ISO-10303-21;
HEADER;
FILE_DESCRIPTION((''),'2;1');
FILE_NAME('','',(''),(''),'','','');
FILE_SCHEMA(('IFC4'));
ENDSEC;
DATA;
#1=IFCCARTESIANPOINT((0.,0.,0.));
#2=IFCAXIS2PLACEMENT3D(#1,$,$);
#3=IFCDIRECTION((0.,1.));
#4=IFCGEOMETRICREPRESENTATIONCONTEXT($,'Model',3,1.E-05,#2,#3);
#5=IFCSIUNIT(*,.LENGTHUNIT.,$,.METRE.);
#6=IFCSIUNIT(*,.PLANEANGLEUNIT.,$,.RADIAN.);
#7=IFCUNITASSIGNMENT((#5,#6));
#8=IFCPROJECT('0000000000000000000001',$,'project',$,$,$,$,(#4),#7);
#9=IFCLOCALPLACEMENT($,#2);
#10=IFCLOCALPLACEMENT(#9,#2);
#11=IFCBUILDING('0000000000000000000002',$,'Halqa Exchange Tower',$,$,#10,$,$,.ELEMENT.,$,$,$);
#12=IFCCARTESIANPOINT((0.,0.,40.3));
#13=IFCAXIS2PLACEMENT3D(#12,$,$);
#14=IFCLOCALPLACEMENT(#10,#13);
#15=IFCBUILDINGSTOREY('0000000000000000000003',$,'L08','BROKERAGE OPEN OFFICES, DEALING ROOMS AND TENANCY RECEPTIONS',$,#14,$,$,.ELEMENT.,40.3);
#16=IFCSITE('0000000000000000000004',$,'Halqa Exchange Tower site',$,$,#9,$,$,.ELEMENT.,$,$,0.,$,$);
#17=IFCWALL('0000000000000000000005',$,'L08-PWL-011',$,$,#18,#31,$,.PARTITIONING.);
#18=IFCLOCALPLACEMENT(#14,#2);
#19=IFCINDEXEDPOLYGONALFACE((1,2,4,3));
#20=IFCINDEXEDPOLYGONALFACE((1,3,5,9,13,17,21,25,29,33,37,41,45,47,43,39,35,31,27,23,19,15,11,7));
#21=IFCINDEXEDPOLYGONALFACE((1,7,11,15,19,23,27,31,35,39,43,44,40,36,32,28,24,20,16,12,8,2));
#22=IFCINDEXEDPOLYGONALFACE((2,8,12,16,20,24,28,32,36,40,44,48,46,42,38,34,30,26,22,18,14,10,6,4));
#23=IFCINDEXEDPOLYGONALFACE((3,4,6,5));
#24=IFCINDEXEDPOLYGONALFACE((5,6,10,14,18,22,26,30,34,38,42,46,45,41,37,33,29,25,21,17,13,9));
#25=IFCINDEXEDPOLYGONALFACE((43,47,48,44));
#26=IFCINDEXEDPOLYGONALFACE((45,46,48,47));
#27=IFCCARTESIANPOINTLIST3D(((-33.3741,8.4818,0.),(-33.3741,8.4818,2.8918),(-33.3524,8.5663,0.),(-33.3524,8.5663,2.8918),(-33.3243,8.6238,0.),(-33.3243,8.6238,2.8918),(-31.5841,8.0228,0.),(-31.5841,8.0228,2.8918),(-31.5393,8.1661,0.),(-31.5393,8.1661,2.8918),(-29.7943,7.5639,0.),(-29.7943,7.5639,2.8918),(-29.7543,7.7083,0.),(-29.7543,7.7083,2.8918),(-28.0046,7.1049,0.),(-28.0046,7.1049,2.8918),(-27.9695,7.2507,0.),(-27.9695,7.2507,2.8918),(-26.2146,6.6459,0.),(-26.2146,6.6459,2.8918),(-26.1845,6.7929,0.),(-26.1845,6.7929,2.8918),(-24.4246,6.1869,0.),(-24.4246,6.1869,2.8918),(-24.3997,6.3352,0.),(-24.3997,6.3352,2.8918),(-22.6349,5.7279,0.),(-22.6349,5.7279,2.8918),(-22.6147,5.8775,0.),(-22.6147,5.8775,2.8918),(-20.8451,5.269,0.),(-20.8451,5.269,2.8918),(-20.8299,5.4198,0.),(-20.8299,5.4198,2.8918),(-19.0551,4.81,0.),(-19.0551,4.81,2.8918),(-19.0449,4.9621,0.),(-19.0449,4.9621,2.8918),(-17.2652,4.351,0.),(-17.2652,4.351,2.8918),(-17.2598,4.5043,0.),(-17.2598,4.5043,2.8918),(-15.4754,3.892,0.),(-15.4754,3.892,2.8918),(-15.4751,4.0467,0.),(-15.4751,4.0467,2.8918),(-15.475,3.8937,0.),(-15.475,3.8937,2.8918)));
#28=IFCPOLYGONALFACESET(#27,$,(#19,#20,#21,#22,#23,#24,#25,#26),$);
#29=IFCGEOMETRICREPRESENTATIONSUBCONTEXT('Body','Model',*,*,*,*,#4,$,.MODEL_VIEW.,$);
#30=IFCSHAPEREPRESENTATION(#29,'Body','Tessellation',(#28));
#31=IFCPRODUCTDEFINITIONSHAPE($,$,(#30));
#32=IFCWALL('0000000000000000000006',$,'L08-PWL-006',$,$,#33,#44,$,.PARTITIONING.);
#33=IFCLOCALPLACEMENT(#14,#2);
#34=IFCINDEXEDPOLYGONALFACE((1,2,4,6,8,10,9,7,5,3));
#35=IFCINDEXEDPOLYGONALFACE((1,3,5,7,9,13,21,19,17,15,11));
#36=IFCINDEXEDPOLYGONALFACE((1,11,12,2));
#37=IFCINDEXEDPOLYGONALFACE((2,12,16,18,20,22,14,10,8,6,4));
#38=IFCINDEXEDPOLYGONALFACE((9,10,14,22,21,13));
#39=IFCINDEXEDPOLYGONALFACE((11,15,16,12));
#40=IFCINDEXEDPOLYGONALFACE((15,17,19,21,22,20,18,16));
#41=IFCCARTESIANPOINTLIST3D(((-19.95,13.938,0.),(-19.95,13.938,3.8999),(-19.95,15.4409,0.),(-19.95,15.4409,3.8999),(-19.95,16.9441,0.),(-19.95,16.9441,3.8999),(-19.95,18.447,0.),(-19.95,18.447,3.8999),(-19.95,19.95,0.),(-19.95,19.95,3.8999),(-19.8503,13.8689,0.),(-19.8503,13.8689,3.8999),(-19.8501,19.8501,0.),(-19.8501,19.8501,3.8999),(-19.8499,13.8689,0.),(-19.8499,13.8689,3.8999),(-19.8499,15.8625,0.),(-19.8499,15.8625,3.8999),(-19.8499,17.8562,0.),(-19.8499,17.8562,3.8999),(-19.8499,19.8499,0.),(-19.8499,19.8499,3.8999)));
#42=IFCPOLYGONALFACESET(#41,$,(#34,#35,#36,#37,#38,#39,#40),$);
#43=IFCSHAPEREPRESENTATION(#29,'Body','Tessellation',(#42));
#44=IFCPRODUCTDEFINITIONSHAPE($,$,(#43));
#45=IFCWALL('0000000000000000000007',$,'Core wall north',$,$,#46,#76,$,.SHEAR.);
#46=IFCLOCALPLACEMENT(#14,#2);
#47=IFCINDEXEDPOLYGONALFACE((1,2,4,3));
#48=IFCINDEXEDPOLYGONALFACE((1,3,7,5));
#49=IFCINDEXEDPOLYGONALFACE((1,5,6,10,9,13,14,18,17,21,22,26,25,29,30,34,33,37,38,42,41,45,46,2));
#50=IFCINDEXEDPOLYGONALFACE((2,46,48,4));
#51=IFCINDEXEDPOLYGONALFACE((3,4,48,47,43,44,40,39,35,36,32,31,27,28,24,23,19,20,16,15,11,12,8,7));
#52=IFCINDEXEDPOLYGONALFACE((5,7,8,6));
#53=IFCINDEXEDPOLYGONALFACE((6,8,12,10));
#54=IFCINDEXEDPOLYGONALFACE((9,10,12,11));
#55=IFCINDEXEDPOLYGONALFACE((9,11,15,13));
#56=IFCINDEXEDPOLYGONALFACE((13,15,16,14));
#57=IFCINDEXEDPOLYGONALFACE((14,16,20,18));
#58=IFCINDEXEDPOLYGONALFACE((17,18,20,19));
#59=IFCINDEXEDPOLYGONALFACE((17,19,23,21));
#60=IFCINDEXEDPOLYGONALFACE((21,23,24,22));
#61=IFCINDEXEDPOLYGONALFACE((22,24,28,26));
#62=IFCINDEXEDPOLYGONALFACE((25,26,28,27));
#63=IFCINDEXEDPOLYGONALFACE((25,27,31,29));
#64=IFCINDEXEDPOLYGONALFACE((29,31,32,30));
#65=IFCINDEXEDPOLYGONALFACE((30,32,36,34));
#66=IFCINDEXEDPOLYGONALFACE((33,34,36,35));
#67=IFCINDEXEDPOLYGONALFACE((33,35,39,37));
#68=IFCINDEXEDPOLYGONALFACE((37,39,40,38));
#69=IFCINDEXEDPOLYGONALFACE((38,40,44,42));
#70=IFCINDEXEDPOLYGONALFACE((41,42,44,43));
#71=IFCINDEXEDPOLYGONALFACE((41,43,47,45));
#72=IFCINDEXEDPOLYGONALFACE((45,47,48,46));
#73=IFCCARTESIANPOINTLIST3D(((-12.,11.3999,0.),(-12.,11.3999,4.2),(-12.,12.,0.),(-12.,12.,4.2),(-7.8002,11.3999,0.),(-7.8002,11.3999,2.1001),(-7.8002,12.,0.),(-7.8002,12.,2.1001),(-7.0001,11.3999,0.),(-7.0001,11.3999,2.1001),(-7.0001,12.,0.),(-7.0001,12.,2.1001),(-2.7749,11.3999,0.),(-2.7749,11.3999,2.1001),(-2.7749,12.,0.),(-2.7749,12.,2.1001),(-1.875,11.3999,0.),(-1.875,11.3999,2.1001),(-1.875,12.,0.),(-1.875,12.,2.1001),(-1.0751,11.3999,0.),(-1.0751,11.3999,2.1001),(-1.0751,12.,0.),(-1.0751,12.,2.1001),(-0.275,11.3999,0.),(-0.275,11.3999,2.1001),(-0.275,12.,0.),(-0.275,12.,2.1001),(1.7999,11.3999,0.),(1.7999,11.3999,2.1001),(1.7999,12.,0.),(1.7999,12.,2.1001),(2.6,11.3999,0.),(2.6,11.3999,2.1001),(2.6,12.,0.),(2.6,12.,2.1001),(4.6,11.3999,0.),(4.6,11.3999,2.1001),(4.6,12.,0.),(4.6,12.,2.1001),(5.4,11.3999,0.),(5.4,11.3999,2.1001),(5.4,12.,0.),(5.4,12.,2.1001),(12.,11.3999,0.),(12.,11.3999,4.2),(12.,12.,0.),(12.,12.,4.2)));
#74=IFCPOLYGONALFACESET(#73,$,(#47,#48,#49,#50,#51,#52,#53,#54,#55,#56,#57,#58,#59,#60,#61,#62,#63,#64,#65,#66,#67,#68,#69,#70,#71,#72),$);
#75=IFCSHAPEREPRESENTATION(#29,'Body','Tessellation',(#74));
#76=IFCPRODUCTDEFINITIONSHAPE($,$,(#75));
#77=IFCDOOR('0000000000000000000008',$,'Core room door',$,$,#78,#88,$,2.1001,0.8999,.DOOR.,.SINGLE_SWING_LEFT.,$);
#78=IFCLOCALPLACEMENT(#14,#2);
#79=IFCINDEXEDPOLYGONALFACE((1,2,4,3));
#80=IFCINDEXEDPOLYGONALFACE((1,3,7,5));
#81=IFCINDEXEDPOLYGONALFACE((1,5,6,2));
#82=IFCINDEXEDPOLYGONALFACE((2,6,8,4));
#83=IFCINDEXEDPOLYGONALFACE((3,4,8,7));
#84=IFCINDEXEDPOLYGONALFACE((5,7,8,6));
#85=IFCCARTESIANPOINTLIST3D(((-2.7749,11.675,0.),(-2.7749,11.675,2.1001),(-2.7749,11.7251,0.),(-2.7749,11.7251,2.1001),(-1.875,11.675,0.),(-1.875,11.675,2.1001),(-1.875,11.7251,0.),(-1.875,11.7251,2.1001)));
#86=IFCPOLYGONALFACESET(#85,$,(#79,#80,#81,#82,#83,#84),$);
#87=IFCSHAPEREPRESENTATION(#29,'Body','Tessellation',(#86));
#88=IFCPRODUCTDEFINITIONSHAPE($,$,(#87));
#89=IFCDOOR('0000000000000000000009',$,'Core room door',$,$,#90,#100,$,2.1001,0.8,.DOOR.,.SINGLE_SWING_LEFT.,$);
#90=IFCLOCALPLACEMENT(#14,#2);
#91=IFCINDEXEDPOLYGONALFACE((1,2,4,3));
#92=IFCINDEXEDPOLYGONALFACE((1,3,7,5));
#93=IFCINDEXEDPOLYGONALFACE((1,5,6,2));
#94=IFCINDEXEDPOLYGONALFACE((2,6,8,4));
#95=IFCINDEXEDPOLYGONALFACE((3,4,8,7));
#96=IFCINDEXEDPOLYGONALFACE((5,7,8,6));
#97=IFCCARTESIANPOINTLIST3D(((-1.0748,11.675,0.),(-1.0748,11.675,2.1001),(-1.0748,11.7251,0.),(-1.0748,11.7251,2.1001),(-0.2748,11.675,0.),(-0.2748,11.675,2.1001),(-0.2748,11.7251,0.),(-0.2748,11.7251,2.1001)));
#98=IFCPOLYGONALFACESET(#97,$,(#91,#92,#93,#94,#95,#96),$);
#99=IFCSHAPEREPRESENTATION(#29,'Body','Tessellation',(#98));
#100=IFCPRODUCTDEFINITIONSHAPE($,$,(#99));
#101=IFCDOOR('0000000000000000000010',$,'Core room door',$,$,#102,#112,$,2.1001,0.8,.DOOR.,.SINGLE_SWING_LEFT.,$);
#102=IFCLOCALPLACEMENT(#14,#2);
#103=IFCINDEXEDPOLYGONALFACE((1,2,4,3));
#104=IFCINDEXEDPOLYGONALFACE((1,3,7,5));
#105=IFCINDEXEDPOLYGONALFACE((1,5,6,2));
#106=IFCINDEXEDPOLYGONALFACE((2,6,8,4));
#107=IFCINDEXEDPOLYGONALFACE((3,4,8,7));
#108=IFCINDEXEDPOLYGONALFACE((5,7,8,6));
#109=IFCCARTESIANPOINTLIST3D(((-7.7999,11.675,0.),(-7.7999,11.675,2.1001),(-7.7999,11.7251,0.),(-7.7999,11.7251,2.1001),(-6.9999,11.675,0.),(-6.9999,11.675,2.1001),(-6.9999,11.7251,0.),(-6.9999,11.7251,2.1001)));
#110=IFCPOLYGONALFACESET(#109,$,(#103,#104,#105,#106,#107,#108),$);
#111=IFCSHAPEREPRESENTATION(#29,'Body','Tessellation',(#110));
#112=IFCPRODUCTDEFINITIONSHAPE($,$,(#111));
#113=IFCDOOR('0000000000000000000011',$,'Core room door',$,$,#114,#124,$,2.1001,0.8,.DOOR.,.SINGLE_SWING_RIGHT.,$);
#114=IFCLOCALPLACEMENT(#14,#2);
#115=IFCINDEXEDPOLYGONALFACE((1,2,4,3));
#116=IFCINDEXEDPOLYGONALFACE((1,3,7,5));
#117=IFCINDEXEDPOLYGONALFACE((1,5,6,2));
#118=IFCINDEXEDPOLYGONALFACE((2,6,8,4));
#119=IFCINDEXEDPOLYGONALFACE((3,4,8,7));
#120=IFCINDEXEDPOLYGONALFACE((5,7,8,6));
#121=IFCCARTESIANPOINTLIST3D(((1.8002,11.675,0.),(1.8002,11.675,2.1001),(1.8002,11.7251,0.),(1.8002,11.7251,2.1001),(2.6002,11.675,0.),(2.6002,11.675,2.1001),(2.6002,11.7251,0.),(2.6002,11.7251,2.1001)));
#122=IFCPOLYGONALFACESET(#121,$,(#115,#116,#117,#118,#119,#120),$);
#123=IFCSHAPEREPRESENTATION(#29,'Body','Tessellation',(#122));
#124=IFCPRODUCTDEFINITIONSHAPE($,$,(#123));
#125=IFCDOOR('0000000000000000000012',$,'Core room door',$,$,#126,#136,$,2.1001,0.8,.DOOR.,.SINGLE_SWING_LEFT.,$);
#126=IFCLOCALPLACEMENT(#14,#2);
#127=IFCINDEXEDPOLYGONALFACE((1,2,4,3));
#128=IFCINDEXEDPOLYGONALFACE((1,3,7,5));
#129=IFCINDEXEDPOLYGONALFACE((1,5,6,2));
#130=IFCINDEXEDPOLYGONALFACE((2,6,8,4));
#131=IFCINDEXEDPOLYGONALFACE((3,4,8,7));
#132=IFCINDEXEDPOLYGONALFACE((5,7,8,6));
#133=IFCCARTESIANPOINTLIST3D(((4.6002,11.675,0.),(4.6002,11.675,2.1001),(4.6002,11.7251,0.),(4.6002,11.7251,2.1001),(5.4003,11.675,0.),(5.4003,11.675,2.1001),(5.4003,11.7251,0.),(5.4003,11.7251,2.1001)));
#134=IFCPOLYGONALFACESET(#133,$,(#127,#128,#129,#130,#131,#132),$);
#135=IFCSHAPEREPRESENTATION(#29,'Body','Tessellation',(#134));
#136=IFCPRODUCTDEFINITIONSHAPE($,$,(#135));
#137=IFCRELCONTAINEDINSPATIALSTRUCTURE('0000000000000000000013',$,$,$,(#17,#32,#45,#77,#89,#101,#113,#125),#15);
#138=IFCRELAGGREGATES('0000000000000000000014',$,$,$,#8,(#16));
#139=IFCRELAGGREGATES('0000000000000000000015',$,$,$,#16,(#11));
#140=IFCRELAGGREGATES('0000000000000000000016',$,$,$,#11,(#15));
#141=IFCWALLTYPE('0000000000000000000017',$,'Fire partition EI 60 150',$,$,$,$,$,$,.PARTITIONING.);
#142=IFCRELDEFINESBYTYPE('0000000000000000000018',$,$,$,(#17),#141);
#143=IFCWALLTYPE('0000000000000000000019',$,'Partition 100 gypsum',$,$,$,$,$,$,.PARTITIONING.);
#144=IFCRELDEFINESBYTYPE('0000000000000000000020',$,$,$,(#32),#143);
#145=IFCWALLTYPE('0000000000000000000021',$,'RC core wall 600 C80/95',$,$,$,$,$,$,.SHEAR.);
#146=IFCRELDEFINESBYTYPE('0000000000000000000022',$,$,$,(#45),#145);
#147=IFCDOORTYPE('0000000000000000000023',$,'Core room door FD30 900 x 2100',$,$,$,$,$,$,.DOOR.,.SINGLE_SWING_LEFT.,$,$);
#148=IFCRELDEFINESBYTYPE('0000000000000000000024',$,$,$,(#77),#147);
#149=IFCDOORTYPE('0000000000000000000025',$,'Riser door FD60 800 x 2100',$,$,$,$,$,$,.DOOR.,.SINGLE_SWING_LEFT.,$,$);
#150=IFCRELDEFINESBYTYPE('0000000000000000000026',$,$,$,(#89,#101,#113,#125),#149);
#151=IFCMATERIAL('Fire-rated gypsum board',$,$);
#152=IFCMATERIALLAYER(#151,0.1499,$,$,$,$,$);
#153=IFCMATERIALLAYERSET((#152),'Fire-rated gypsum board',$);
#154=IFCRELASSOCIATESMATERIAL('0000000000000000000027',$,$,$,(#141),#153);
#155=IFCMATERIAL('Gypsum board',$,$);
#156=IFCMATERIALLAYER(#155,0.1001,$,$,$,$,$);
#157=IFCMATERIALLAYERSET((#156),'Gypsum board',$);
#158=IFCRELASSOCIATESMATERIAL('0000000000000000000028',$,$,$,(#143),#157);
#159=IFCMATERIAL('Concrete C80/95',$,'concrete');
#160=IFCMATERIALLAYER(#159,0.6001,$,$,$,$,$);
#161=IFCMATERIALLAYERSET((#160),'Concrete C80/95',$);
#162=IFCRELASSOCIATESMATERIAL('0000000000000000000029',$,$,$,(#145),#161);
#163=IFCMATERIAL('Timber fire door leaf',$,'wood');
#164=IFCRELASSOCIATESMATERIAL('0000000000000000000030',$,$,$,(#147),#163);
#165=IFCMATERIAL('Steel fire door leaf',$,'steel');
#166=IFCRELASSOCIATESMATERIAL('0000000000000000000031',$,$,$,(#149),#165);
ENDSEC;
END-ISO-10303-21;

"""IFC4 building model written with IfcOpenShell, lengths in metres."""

from ifc_helpers import new_model, si_unit, direction, frame, frame_2d, origin, place, context, subcontext, project, spatial, polyline, rectangle, outline, extrude, material, layer, layer_set, type_object, element, fill, save


model = new_model("IFC4")

# Units and contexts
model_context = context("Model", 3, precision=1e-05, world=origin(), true_north=direction((0.0, 1.0)))
body_context = subcontext(model_context, "Body", "Model", "MODEL_VIEW")
ifc_project = project(units=[si_unit("LENGTHUNIT", "METRE"), si_unit("PLANEANGLEUNIT", "RADIAN")], contexts=[model_context])

# Site, building, storey
site_placement = place(None, origin())
site = spatial("IfcSite", under=ifc_project, at=site_placement, Name="Halqa Exchange Tower site", CompositionType="ELEMENT", RefElevation=0.0)
building_placement = place(site_placement, origin())
building = spatial("IfcBuilding", under=site, at=building_placement, Name="Halqa Exchange Tower", CompositionType="ELEMENT")
storey_placement = place(building_placement, frame((0.0, 0.0, 40.3)))
storey = spatial("IfcBuildingStorey", under=building, at=storey_placement, Name="L08", Description="BROKERAGE OPEN OFFICES, DEALING ROOMS AND TENANCY RECEPTIONS", CompositionType="ELEMENT", Elevation=40.3)

# Shared definitions
ifc_material_1 = material(Name="Concrete C80/95", Category="concrete")

# Walls
ifc_material_2 = material(Name="Fire-rated gypsum board")
ifc_layer_1 = layer(ifc_material_2, 0.1499)
ifc_layer_set_1 = layer_set([ifc_layer_1], Name="Fire-rated gypsum board")
wall_type_1 = type_object("IfcWallType", Name="Fire partition EI 60 150", PredefinedType="PARTITIONING", material=ifc_layer_set_1)
wall_1_placement = place(storey_placement, frame((-15.4568, 3.9646, 0.0), z_axis=(0.0, 0.0, 1.0), x_axis=(-0.968658, 0.248398, 0.0)))
element("IfcWall", 1, at=wall_1_placement, inside=storey, type_object=wall_type_1, Name="L08-PWL-011", PredefinedType="PARTITIONING", context=body_context, shape_type="SweptSolid", body=[
    extrude(outline(polyline([(0.0381, -0.075), (1.8806, -0.075), (3.7234, -0.075), (5.5662, -0.075), (7.4087, -0.075), (9.2515, -0.075), (11.094, -0.075), (12.9368, -0.075), (14.7793, -0.075), (16.6221, -0.075), (18.4648, -0.075), (18.4778, -0.0122), (18.4778, 0.075), (16.6299, 0.075), (14.7822, 0.075), (12.9346, 0.075), (11.0867, 0.075), (9.2388, 0.075), (7.3911, 0.075), (5.5435, 0.075), (3.6956, 0.075), (1.8477, 0.075), (0.0, 0.075), (0.0, 0.0732), (0.0381, -0.075)])), origin(), (0.0, 0.0, 1.0), 2.8918),
])
ifc_material_3 = material(Name="Gypsum board")
ifc_layer_2 = layer(ifc_material_3, 0.1001)
ifc_layer_set_2 = layer_set([ifc_layer_2], Name="Gypsum board")
wall_type_2 = type_object("IfcWallType", Name="Partition 100 gypsum", PredefinedType="PARTITIONING", material=ifc_layer_set_2)
wall_2_placement = place(storey_placement, frame((-19.8999, 13.8689, 0.0), z_axis=(0.0, 0.0, 1.0), x_axis=(0.0, 1.0, 0.0)))
element("IfcWall", 2, at=wall_2_placement, inside=storey, type_object=wall_type_2, Name="L08-PWL-006", PredefinedType="PARTITIONING", context=body_context, shape_type="SweptSolid", body=[
    extrude(outline(polyline([(0.0, -0.05), (1.9937, -0.05), (3.9873, -0.05), (5.981, -0.05), (5.9812, -0.0498), (6.0811, 0.05), (4.5781, 0.05), (3.0752, 0.05), (1.572, 0.05), (0.0691, 0.05), (0.0, -0.0496), (0.0, -0.05)])), origin(), (0.0, 0.0, 1.0), 3.8999),
])

# Wall, openings, doors
ifc_layer_3 = layer(ifc_material_1, 0.6001)
ifc_layer_set_3 = layer_set([ifc_layer_3], Name="Concrete C80/95")
wall_type_3 = type_object("IfcWallType", Name="RC core wall 600 C80/95", PredefinedType="SHEAR", material=ifc_layer_set_3)
wall_3_placement = place(storey_placement, frame((-12.0, 11.7, 0.0), z_axis=(0.0, 0.0, 1.0), x_axis=(1.0, 0.0, 0.0)))
wall_3 = element("IfcWall", 3, at=wall_3_placement, inside=storey, type_object=wall_type_3, Name="Core wall north", PredefinedType="SHEAR", context=body_context, shape_type="SweptSolid", body=[
    extrude(rectangle(XDim=24.0, YDim=0.6001, at=frame_2d((12.0, 0.0))), origin(), (0.0, 0.0, 1.0), 4.2),
])
opening_1_placement = place(wall_3_placement, frame((9.2251, 0.0, 0.0)))
opening_1 = element("IfcOpeningElement", 4, at=opening_1_placement, cuts=wall_3, PredefinedType="OPENING", context=body_context, shape_type="SweptSolid", body=[
    extrude(rectangle(XDim=0.8999, YDim=2.1001, at=frame_2d((0.45, 1.05))), frame((0.0, 0.312, 0.0), z_axis=(0.0, -1.0, 0.0), x_axis=(1.0, 0.0, 0.0)), (0.0, 0.0, 1.0), 0.624),
])
opening_2_placement = place(wall_3_placement, frame((10.925, 0.0, 0.0)))
opening_2 = element("IfcOpeningElement", 5, at=opening_2_placement, cuts=wall_3, PredefinedType="OPENING", context=body_context, shape_type="SweptSolid", body=[
    extrude(rectangle(XDim=0.8, YDim=2.1001, at=frame_2d((0.3999, 1.05))), frame((0.0, 0.312, 0.0), z_axis=(0.0, -1.0, 0.0), x_axis=(1.0, 0.0, 0.0)), (0.0, 0.0, 1.0), 0.624),
])
opening_3_placement = place(wall_3_placement, frame((4.2, 0.0, 0.0)))
opening_3 = element("IfcOpeningElement", 6, at=opening_3_placement, cuts=wall_3, PredefinedType="OPENING", context=body_context, shape_type="SweptSolid", body=[
    extrude(rectangle(XDim=0.8, YDim=2.1001, at=frame_2d((0.3999, 1.05))), frame((0.0, 0.312, 0.0), z_axis=(0.0, -1.0, 0.0), x_axis=(1.0, 0.0, 0.0)), (0.0, 0.0, 1.0), 0.624),
])
opening_4_placement = place(wall_3_placement, frame((13.8, 0.0, 0.0)))
opening_4 = element("IfcOpeningElement", 7, at=opening_4_placement, cuts=wall_3, PredefinedType="OPENING", context=body_context, shape_type="SweptSolid", body=[
    extrude(rectangle(XDim=0.8, YDim=2.1001, at=frame_2d((0.3999, 1.05))), frame((0.0, 0.312, 0.0), z_axis=(0.0, -1.0, 0.0), x_axis=(1.0, 0.0, 0.0)), (0.0, 0.0, 1.0), 0.624),
])
opening_5_placement = place(wall_3_placement, frame((16.6001, 0.0, 0.0)))
opening_5 = element("IfcOpeningElement", 8, at=opening_5_placement, cuts=wall_3, PredefinedType="OPENING", context=body_context, shape_type="SweptSolid", body=[
    extrude(rectangle(XDim=0.8, YDim=2.1001, at=frame_2d((0.3999, 1.05))), frame((0.0, 0.312, 0.0), z_axis=(0.0, -1.0, 0.0), x_axis=(1.0, 0.0, 0.0)), (0.0, 0.0, 1.0), 0.624),
])
ifc_material_4 = material(Name="Timber fire door leaf", Category="wood")
door_type_1 = type_object("IfcDoorType", Name="Core room door FD30 900 x 2100", OperationType="SINGLE_SWING_LEFT", PredefinedType="DOOR", material=ifc_material_4)
door_1_placement = place(opening_1_placement, frame((0.8999, 0.0, 0.0), z_axis=(0.0, 0.0, 1.0), x_axis=(-1.0, 0.0, 0.0)))
door_1 = element("IfcDoor", 9, at=door_1_placement, inside=storey, type_object=door_type_1, Name="Core room door", OperationType="SINGLE_SWING_LEFT", OverallHeight=2.1001, OverallWidth=0.8999, PredefinedType="DOOR", context=body_context, shape_type="SweptSolid", body=[
    extrude(rectangle(XDim=0.8999, YDim=2.1001, at=frame_2d((0.45, 1.05))), frame((0.0, 0.0249, 0.0), z_axis=(0.0, -1.0, 0.0), x_axis=(1.0, 0.0, 0.0)), (0.0, 0.0, 1.0), 0.05),
])
fill(opening_1, door_1)
ifc_material_5 = material(Name="Steel fire door leaf", Category="steel")
door_type_2 = type_object("IfcDoorType", Name="Riser door FD60 800 x 2100", OperationType="SINGLE_SWING_LEFT", PredefinedType="DOOR", material=ifc_material_5)
door_2_placement = place(opening_2_placement, frame((0.8, 0.0, 0.0), z_axis=(0.0, 0.0, 1.0), x_axis=(-1.0, 0.0, 0.0)))
door_2 = element("IfcDoor", 10, at=door_2_placement, inside=storey, type_object=door_type_2, Name="Core room door", OperationType="SINGLE_SWING_LEFT", OverallHeight=2.1001, OverallWidth=0.8, PredefinedType="DOOR", context=body_context, shape_type="SweptSolid", body=[
    extrude(rectangle(XDim=0.8, YDim=2.1001, at=frame_2d((0.3999, 1.05))), frame((0.0, 0.0249, 0.0), z_axis=(0.0, -1.0, 0.0), x_axis=(1.0, 0.0, 0.0)), (0.0, 0.0, 1.0), 0.05),
])
fill(opening_2, door_2)
door_3_placement = place(opening_3_placement, frame((0.8, 0.0, 0.0), z_axis=(0.0, 0.0, 1.0), x_axis=(-1.0, 0.0, 0.0)))
door_3 = element("IfcDoor", 11, at=door_3_placement, inside=storey, type_object=door_type_2, Name="Core room door", OperationType="SINGLE_SWING_LEFT", OverallHeight=2.1001, OverallWidth=0.8, PredefinedType="DOOR", context=body_context, shape_type="SweptSolid", body=[
    extrude(rectangle(XDim=0.8, YDim=2.1001, at=frame_2d((0.3999, 1.05))), frame((0.0, 0.0249, 0.0), z_axis=(0.0, -1.0, 0.0), x_axis=(1.0, 0.0, 0.0)), (0.0, 0.0, 1.0), 0.05),
])
fill(opening_3, door_3)
door_4_placement = place(opening_4_placement, frame((0.8, 0.0, 0.0), z_axis=(0.0, 0.0, 1.0), x_axis=(-1.0, 0.0, 0.0)))
door_4 = element("IfcDoor", 12, at=door_4_placement, inside=storey, type_object=door_type_2, Name="Core room door", OperationType="SINGLE_SWING_RIGHT", OverallHeight=2.1001, OverallWidth=0.8, PredefinedType="DOOR", context=body_context, shape_type="SweptSolid", body=[
    extrude(rectangle(XDim=0.8, YDim=2.1001, at=frame_2d((0.3999, 1.05))), frame((0.0, 0.0249, 0.0), z_axis=(0.0, -1.0, 0.0), x_axis=(1.0, 0.0, 0.0)), (0.0, 0.0, 1.0), 0.05),
])
fill(opening_4, door_4)
door_5_placement = place(opening_5_placement, frame((0.8, 0.0, 0.0), z_axis=(0.0, 0.0, 1.0), x_axis=(-1.0, 0.0, 0.0)))
door_5 = element("IfcDoor", 13, at=door_5_placement, inside=storey, type_object=door_type_2, Name="Core room door", OperationType="SINGLE_SWING_LEFT", OverallHeight=2.1001, OverallWidth=0.8, PredefinedType="DOOR", context=body_context, shape_type="SweptSolid", body=[
    extrude(rectangle(XDim=0.8, YDim=2.1001, at=frame_2d((0.3999, 1.05))), frame((0.0, 0.0249, 0.0), z_axis=(0.0, -1.0, 0.0), x_axis=(1.0, 0.0, 0.0)), (0.0, 0.0, 1.0), 0.05),
])
fill(opening_5, door_5)

save(model, "model.ifc")
